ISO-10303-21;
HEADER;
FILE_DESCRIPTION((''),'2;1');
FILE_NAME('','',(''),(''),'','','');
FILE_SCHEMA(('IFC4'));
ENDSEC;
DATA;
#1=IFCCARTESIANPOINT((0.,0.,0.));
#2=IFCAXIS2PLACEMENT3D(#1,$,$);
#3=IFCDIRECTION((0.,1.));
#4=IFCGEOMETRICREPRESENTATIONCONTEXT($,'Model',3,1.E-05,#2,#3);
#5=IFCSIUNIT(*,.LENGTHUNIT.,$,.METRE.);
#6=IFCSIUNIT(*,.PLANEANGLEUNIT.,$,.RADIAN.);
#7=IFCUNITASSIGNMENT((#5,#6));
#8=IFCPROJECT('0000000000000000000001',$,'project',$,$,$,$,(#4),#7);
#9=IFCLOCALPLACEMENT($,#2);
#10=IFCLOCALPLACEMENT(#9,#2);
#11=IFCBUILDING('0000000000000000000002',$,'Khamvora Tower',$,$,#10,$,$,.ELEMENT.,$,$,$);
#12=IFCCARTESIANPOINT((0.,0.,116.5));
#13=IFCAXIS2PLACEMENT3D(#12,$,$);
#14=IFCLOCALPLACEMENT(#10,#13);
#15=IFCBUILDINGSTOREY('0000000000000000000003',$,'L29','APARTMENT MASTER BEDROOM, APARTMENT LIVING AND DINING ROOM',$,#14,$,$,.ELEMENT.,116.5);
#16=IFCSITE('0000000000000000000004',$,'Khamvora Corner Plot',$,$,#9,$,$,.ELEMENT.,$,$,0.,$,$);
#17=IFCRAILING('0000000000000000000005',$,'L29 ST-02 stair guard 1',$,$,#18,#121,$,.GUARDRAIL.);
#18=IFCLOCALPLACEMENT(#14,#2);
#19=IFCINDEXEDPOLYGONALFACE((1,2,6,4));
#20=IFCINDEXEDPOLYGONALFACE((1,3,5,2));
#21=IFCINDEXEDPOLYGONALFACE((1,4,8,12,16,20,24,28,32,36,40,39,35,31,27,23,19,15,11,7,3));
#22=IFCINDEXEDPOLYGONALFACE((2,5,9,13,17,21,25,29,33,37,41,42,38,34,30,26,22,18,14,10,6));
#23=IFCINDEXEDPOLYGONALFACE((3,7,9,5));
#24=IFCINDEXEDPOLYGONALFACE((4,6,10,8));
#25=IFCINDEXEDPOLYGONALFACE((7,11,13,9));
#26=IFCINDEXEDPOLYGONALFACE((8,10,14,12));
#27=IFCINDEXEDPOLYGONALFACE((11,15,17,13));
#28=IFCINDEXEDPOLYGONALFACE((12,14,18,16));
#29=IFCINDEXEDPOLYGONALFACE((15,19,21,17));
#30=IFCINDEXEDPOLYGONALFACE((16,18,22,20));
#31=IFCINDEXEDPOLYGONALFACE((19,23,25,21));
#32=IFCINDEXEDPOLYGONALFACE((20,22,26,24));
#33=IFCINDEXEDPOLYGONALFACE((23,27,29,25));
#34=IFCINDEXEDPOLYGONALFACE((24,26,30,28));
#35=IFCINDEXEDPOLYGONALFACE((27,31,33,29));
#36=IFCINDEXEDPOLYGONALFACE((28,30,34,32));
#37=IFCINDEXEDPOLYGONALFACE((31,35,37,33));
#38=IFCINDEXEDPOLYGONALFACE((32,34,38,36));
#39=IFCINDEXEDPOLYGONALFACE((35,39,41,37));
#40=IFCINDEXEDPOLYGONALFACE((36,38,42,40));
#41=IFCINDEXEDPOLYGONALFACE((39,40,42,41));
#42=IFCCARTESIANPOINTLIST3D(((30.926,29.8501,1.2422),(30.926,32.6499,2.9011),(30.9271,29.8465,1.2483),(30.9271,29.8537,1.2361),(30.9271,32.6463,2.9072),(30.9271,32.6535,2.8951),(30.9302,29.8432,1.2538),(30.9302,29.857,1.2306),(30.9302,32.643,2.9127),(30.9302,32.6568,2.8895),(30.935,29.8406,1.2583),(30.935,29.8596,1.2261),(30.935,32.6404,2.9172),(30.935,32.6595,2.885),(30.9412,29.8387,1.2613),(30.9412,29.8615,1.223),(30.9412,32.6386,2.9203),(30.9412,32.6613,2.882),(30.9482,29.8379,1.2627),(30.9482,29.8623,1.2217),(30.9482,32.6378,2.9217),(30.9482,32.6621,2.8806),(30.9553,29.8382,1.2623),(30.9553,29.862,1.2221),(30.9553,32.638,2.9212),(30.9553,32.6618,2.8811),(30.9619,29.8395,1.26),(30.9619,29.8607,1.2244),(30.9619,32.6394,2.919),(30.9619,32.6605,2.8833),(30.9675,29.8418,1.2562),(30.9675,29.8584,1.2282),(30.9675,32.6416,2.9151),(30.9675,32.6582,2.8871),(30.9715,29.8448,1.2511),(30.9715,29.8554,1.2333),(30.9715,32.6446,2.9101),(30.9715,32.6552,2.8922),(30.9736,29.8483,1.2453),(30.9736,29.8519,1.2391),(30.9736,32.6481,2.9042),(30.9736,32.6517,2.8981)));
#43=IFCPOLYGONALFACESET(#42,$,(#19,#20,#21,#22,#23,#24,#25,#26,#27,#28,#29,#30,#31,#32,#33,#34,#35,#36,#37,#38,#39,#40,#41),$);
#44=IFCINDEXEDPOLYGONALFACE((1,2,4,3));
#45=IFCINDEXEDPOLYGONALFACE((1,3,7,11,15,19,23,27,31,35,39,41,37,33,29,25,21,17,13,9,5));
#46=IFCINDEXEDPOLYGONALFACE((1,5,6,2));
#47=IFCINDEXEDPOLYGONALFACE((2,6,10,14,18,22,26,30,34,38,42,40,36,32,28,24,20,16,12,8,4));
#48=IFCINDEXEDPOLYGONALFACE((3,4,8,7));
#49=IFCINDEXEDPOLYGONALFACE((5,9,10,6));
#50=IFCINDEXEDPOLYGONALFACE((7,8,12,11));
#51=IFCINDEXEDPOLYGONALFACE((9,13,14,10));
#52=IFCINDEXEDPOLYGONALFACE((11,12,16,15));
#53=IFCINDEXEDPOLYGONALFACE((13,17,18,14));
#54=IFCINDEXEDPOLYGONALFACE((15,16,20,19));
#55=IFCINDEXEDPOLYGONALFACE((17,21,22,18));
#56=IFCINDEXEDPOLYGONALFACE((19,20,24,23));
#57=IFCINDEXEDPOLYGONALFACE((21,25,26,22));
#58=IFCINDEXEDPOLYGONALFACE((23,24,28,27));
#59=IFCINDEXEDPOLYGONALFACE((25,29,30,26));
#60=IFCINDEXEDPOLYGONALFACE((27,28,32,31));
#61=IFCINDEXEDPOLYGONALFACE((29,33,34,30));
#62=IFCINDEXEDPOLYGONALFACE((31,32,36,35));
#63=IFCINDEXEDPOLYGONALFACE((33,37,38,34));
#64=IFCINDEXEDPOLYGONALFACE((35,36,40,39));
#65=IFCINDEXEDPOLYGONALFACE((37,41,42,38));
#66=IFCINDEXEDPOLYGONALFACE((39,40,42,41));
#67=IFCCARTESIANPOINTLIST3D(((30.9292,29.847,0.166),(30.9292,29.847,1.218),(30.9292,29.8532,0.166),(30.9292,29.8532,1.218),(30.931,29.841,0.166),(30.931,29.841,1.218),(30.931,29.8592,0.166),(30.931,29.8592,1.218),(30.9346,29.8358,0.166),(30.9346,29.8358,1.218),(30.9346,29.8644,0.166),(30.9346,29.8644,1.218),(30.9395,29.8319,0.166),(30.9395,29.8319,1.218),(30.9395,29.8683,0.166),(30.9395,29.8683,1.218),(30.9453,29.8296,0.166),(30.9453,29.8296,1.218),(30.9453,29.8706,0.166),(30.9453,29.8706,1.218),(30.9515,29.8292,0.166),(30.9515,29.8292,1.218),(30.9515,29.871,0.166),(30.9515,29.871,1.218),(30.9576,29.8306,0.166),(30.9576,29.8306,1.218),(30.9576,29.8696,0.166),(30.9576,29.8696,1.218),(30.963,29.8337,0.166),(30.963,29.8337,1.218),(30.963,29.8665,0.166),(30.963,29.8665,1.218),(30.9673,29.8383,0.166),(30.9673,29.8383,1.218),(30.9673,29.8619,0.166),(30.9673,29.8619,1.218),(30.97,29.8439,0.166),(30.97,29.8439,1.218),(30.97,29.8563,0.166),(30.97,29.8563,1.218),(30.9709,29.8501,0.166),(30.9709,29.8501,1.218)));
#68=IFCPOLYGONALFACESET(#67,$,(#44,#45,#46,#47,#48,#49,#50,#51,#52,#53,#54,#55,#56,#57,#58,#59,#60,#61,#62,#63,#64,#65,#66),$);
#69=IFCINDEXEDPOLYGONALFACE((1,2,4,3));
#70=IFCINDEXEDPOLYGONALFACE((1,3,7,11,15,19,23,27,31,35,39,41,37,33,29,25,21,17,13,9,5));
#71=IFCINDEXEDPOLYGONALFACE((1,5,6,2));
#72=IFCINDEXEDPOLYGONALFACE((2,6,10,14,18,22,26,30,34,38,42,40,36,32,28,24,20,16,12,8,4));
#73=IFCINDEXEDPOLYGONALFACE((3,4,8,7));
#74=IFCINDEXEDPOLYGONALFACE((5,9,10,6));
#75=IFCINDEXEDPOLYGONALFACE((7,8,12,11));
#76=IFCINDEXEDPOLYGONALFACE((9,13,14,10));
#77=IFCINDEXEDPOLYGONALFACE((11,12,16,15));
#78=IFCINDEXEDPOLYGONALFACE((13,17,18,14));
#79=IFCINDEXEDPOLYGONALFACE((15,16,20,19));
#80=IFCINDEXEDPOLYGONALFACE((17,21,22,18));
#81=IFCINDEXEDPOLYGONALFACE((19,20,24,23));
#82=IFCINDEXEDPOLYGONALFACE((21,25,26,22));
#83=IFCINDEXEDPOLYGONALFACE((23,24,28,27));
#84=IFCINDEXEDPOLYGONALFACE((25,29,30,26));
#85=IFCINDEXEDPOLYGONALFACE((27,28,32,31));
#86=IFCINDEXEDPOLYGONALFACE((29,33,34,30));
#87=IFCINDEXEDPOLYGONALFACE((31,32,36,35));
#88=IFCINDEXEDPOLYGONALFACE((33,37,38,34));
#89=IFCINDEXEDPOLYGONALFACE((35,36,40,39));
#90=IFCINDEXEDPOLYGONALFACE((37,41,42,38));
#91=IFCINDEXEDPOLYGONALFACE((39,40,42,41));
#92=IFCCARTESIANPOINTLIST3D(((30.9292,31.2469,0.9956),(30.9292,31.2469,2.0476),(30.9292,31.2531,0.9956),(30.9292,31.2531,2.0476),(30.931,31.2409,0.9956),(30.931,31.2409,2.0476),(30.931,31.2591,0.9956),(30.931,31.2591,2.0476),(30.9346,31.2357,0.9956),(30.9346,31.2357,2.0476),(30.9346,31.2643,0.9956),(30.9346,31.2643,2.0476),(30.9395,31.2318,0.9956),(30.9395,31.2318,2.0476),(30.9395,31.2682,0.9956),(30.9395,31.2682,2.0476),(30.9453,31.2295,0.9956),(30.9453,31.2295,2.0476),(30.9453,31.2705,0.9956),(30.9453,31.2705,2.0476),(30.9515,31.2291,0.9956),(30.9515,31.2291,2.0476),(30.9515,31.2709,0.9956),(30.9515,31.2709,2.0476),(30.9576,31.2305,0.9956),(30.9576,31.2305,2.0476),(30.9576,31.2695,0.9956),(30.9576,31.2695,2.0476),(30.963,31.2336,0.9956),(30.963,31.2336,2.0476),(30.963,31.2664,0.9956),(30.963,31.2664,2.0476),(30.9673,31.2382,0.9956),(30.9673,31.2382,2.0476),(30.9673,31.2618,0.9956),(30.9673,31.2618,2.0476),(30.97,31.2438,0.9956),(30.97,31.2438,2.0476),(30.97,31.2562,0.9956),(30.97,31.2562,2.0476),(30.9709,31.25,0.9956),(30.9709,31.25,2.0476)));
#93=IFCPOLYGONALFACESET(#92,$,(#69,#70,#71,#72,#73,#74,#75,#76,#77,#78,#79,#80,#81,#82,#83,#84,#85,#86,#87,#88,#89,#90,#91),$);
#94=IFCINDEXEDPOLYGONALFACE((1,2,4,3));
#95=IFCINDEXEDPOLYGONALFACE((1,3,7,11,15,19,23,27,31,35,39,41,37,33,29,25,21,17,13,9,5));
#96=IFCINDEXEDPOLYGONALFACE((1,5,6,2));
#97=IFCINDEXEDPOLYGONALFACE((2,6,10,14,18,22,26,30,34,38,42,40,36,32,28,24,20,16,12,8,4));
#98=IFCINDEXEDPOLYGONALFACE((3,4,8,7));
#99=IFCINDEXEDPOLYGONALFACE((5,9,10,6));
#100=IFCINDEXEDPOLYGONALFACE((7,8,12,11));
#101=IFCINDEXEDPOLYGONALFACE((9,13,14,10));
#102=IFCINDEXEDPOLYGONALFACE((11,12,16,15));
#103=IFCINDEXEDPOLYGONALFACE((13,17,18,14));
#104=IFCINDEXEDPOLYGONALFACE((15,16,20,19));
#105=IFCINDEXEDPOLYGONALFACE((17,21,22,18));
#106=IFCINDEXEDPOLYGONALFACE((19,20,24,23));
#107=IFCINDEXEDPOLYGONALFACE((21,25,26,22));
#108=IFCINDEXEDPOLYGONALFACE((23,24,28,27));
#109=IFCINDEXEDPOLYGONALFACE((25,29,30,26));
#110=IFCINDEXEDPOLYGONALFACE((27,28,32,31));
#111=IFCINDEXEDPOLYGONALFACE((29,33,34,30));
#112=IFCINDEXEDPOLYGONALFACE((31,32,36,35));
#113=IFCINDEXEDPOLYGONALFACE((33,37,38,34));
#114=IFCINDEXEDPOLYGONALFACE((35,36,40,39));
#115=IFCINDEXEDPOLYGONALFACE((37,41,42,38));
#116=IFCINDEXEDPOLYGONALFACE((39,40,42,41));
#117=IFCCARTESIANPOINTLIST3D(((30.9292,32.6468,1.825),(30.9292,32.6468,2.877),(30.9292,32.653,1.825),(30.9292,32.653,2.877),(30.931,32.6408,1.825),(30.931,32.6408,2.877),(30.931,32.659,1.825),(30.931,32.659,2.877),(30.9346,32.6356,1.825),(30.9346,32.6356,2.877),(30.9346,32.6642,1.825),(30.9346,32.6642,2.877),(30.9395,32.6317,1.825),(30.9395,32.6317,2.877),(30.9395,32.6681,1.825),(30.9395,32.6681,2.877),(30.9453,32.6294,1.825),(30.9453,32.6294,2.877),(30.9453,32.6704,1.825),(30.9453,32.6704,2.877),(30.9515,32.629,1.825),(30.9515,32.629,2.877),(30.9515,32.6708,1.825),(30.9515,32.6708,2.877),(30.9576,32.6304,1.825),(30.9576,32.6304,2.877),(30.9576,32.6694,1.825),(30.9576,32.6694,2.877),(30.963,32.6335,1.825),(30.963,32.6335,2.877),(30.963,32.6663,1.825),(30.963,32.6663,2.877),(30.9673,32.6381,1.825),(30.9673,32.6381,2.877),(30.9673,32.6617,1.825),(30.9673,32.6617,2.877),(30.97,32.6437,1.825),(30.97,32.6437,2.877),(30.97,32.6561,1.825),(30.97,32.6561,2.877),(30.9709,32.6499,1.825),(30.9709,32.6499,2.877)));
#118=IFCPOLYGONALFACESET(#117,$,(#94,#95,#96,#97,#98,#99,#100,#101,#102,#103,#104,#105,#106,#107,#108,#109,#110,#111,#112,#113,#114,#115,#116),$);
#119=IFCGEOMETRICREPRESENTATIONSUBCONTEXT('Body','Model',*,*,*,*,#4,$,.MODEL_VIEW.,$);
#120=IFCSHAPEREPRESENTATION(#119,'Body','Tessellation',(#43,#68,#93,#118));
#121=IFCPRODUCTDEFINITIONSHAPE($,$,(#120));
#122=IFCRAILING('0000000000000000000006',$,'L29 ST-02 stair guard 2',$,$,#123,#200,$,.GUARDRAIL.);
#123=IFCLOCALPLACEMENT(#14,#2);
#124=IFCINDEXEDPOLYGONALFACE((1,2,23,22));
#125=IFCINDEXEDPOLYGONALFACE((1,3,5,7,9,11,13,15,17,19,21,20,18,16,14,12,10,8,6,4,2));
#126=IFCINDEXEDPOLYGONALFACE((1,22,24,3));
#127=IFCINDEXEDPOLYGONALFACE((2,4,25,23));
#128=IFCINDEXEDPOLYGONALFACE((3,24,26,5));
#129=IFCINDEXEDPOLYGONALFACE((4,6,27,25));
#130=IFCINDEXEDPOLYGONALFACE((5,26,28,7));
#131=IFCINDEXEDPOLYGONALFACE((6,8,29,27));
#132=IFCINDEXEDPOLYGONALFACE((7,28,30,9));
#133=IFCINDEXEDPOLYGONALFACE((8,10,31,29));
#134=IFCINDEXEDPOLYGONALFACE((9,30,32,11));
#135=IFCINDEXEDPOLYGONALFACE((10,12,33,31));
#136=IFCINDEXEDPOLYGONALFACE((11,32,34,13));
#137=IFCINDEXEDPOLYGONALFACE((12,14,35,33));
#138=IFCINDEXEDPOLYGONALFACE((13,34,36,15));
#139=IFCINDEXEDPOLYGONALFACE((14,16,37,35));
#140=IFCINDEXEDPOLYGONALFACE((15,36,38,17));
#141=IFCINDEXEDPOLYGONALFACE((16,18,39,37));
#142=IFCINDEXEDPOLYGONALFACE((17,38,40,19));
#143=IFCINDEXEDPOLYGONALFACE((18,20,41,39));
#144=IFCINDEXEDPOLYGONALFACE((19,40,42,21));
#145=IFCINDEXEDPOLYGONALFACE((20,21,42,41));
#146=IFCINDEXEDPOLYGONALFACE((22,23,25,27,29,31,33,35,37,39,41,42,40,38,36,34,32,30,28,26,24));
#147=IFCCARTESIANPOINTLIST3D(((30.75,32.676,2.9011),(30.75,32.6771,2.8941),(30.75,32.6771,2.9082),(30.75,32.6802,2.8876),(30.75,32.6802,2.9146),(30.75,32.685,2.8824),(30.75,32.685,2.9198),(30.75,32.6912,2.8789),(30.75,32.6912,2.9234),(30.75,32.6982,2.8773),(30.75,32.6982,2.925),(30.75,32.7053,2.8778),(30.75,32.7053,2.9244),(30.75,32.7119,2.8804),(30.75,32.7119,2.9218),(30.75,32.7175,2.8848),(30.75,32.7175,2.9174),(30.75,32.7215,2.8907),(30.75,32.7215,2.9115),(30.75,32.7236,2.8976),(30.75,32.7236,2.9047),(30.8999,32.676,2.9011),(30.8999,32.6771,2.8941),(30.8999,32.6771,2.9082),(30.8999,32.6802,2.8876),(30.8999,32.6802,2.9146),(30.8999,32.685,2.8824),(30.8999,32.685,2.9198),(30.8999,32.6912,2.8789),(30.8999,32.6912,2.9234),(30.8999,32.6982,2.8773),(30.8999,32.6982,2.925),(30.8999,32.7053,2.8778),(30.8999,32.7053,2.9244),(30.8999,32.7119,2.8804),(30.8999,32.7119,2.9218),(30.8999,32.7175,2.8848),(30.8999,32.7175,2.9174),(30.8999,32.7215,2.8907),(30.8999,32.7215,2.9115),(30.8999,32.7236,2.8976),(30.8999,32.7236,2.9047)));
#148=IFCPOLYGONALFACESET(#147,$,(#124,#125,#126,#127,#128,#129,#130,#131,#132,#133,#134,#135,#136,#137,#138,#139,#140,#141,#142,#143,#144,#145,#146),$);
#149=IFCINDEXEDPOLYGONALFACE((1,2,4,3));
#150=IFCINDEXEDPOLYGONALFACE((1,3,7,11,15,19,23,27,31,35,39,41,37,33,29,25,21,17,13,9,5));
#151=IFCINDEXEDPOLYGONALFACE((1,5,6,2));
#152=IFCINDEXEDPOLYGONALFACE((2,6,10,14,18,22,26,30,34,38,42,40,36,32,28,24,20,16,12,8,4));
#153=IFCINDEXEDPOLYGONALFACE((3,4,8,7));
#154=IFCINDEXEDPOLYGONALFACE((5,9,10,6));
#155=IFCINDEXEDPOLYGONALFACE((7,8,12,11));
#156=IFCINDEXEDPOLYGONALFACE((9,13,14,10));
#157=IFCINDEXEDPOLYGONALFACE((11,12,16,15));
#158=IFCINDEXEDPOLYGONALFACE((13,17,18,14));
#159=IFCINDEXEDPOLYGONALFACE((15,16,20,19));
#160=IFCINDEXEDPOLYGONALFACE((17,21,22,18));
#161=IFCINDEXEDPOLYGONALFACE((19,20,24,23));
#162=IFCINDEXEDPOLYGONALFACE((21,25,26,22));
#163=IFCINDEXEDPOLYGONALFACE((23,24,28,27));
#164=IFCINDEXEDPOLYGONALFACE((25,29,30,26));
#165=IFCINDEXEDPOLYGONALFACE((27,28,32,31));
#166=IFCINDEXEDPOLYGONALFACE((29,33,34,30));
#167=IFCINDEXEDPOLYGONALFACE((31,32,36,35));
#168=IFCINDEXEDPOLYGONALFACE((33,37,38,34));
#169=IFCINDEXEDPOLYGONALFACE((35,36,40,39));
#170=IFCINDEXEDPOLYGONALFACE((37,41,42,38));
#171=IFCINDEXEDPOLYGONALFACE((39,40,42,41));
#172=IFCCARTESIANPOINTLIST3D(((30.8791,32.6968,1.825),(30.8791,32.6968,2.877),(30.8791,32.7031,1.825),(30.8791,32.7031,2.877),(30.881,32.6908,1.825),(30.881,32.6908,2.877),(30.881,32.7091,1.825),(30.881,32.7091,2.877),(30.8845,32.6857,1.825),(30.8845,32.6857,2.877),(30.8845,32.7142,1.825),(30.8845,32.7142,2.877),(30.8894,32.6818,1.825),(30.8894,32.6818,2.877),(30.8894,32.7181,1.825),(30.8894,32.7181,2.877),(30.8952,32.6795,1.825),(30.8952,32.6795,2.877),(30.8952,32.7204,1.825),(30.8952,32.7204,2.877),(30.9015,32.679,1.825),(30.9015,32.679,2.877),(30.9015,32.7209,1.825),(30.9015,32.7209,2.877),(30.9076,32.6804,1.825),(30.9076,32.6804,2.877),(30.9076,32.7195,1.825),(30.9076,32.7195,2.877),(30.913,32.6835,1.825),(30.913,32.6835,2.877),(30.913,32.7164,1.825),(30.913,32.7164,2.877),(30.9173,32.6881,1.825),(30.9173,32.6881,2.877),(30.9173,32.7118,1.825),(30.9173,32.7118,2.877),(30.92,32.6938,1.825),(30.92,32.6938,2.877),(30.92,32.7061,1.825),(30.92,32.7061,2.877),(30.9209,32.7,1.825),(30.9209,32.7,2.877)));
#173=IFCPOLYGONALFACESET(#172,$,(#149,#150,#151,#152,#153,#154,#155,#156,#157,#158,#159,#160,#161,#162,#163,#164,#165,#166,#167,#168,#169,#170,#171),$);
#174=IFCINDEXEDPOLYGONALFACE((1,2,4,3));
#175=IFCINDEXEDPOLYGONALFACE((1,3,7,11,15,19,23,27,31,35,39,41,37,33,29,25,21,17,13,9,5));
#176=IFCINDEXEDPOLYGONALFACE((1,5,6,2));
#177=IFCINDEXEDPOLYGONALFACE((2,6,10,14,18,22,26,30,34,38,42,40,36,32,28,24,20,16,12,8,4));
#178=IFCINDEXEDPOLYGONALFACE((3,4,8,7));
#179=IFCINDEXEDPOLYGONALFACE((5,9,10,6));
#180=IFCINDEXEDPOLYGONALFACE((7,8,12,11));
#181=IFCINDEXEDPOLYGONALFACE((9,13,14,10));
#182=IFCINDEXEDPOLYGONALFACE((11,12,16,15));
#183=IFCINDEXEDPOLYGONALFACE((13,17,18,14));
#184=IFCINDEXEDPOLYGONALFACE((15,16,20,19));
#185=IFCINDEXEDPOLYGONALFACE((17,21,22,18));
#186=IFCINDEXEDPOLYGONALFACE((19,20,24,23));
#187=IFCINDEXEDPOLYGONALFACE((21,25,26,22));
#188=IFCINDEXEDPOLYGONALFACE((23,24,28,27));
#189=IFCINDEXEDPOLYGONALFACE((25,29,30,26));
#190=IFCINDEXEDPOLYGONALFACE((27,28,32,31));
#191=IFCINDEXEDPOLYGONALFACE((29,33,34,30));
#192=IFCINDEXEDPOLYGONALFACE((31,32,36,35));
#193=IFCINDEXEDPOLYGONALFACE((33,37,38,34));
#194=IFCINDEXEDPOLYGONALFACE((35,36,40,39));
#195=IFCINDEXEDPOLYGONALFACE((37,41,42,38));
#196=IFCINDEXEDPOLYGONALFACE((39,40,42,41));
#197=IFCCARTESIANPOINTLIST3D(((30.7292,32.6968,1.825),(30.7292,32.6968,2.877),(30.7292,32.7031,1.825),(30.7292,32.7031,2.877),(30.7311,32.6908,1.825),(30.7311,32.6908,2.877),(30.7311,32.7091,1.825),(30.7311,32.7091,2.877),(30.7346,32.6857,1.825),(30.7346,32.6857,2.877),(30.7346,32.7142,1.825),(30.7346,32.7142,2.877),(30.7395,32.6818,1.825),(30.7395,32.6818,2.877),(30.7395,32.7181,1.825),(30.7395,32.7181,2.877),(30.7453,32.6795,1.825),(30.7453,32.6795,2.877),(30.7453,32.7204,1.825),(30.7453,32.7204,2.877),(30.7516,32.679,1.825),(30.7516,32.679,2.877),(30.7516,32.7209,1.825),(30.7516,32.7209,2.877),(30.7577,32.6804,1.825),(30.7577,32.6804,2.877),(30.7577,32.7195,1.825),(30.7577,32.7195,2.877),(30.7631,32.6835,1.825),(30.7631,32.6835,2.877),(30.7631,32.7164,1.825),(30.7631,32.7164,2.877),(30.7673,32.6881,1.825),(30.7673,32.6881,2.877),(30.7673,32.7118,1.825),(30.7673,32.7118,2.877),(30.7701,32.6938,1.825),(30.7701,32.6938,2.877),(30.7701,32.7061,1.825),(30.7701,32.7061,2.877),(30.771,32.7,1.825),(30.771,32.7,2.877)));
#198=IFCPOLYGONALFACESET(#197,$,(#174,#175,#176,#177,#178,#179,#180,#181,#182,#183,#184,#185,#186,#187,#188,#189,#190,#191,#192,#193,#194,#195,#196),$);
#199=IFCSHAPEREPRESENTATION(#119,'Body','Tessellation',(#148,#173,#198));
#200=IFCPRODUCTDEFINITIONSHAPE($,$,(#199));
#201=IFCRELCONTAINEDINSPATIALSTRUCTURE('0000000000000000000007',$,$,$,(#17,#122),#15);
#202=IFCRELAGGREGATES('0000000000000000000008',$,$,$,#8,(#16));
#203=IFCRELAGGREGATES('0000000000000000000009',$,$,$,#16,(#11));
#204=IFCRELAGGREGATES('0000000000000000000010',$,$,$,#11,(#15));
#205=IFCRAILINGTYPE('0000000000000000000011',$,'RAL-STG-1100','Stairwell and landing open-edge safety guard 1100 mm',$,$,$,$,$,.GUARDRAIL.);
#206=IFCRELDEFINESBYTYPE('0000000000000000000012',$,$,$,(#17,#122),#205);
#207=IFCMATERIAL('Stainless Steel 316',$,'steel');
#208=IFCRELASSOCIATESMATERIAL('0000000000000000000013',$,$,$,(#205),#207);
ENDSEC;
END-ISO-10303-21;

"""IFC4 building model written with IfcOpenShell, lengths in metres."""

from ifc_helpers import new_model, si_unit, direction, frame, origin, origin_2d, place, context, subcontext, project, spatial, circle, extrude, material, type_object, element, save


model = new_model("IFC4")

# Units and contexts
model_context = context("Model", 3, precision=1e-05, world=origin(), true_north=direction((0.0, 1.0)))
body_context = subcontext(model_context, "Body", "Model", "MODEL_VIEW")
ifc_project = project(units=[si_unit("LENGTHUNIT", "METRE"), si_unit("PLANEANGLEUNIT", "RADIAN")], contexts=[model_context])

# Site, building, storey
site_placement = place(None, origin())
site = spatial("IfcSite", under=ifc_project, at=site_placement, Name="Khamvora Corner Plot", CompositionType="ELEMENT", RefElevation=0.0)
building_placement = place(site_placement, origin())
building = spatial("IfcBuilding", under=site, at=building_placement, Name="Khamvora Tower", CompositionType="ELEMENT")
storey_placement = place(building_placement, frame((0.0, 0.0, 116.5)))
storey = spatial("IfcBuildingStorey", under=building, at=storey_placement, Name="L29", Description="APARTMENT MASTER BEDROOM, APARTMENT LIVING AND DINING ROOM", CompositionType="ELEMENT", Elevation=116.5)

# Railings
ifc_material_1 = material(Name="Stainless Steel 316", Category="steel")
railing_type_1 = type_object("IfcRailingType", Name="RAL-STG-1100", Description="Stairwell and landing open-edge safety guard 1100 mm", PredefinedType="GUARDRAIL", material=ifc_material_1)
railing_1_placement = place(storey_placement, frame((30.95, 29.8501, 0.166)))
element("IfcRailing", 1, at=railing_1_placement, inside=storey, type_object=railing_type_1, Name="L29 ST-02 stair guard 1", PredefinedType="GUARDRAIL", context=body_context, shape_type="SweptSolid", body=[
    extrude(circle(Radius=0.0239, at=origin_2d()), frame((0.0, 0.0, 1.0762), z_axis=(0.0, 0.86032, 0.509755), x_axis=(-1.0, 0.0, 0.0)), (0.0, 0.0, 1.0), 3.2544),
    extrude(circle(Radius=0.021, at=origin_2d()), origin(), (0.0, 0.0, 1.0), 1.052),
    extrude(circle(Radius=0.021, at=origin_2d()), frame((0.0, 1.3999, 0.8296)), (0.0, 0.0, 1.0), 1.052),
    extrude(circle(Radius=0.021, at=origin_2d()), frame((0.0, 2.7998, 1.6589)), (0.0, 0.0, 1.0), 1.052),
])
for number, where, name in (
    (2, (30.8999, 32.7, 1.825), "L29 ST-02 stair guard 2"),
):
    element("IfcRailing", number, at=place(storey_placement, frame(where)), inside=storey, type_object=railing_type_1, Name=name, PredefinedType="GUARDRAIL", context=body_context, shape_type="SweptSolid", body=[
        extrude(circle(Radius=0.0239, at=origin_2d()), frame((0.0, 0.0, 1.0762), z_axis=(-1.0, 0.0, 0.0), x_axis=(0.0, -1.0, 0.0)), (0.0, 0.0, 1.0), 0.1499),
        extrude(circle(Radius=0.021, at=origin_2d()), origin(), (0.0, 0.0, 1.0), 1.052),
        extrude(circle(Radius=0.021, at=origin_2d()), frame((-0.1499, 0.0, 0.0)), (0.0, 0.0, 1.0), 1.052),
    ])

save(model, "model.ifc")
